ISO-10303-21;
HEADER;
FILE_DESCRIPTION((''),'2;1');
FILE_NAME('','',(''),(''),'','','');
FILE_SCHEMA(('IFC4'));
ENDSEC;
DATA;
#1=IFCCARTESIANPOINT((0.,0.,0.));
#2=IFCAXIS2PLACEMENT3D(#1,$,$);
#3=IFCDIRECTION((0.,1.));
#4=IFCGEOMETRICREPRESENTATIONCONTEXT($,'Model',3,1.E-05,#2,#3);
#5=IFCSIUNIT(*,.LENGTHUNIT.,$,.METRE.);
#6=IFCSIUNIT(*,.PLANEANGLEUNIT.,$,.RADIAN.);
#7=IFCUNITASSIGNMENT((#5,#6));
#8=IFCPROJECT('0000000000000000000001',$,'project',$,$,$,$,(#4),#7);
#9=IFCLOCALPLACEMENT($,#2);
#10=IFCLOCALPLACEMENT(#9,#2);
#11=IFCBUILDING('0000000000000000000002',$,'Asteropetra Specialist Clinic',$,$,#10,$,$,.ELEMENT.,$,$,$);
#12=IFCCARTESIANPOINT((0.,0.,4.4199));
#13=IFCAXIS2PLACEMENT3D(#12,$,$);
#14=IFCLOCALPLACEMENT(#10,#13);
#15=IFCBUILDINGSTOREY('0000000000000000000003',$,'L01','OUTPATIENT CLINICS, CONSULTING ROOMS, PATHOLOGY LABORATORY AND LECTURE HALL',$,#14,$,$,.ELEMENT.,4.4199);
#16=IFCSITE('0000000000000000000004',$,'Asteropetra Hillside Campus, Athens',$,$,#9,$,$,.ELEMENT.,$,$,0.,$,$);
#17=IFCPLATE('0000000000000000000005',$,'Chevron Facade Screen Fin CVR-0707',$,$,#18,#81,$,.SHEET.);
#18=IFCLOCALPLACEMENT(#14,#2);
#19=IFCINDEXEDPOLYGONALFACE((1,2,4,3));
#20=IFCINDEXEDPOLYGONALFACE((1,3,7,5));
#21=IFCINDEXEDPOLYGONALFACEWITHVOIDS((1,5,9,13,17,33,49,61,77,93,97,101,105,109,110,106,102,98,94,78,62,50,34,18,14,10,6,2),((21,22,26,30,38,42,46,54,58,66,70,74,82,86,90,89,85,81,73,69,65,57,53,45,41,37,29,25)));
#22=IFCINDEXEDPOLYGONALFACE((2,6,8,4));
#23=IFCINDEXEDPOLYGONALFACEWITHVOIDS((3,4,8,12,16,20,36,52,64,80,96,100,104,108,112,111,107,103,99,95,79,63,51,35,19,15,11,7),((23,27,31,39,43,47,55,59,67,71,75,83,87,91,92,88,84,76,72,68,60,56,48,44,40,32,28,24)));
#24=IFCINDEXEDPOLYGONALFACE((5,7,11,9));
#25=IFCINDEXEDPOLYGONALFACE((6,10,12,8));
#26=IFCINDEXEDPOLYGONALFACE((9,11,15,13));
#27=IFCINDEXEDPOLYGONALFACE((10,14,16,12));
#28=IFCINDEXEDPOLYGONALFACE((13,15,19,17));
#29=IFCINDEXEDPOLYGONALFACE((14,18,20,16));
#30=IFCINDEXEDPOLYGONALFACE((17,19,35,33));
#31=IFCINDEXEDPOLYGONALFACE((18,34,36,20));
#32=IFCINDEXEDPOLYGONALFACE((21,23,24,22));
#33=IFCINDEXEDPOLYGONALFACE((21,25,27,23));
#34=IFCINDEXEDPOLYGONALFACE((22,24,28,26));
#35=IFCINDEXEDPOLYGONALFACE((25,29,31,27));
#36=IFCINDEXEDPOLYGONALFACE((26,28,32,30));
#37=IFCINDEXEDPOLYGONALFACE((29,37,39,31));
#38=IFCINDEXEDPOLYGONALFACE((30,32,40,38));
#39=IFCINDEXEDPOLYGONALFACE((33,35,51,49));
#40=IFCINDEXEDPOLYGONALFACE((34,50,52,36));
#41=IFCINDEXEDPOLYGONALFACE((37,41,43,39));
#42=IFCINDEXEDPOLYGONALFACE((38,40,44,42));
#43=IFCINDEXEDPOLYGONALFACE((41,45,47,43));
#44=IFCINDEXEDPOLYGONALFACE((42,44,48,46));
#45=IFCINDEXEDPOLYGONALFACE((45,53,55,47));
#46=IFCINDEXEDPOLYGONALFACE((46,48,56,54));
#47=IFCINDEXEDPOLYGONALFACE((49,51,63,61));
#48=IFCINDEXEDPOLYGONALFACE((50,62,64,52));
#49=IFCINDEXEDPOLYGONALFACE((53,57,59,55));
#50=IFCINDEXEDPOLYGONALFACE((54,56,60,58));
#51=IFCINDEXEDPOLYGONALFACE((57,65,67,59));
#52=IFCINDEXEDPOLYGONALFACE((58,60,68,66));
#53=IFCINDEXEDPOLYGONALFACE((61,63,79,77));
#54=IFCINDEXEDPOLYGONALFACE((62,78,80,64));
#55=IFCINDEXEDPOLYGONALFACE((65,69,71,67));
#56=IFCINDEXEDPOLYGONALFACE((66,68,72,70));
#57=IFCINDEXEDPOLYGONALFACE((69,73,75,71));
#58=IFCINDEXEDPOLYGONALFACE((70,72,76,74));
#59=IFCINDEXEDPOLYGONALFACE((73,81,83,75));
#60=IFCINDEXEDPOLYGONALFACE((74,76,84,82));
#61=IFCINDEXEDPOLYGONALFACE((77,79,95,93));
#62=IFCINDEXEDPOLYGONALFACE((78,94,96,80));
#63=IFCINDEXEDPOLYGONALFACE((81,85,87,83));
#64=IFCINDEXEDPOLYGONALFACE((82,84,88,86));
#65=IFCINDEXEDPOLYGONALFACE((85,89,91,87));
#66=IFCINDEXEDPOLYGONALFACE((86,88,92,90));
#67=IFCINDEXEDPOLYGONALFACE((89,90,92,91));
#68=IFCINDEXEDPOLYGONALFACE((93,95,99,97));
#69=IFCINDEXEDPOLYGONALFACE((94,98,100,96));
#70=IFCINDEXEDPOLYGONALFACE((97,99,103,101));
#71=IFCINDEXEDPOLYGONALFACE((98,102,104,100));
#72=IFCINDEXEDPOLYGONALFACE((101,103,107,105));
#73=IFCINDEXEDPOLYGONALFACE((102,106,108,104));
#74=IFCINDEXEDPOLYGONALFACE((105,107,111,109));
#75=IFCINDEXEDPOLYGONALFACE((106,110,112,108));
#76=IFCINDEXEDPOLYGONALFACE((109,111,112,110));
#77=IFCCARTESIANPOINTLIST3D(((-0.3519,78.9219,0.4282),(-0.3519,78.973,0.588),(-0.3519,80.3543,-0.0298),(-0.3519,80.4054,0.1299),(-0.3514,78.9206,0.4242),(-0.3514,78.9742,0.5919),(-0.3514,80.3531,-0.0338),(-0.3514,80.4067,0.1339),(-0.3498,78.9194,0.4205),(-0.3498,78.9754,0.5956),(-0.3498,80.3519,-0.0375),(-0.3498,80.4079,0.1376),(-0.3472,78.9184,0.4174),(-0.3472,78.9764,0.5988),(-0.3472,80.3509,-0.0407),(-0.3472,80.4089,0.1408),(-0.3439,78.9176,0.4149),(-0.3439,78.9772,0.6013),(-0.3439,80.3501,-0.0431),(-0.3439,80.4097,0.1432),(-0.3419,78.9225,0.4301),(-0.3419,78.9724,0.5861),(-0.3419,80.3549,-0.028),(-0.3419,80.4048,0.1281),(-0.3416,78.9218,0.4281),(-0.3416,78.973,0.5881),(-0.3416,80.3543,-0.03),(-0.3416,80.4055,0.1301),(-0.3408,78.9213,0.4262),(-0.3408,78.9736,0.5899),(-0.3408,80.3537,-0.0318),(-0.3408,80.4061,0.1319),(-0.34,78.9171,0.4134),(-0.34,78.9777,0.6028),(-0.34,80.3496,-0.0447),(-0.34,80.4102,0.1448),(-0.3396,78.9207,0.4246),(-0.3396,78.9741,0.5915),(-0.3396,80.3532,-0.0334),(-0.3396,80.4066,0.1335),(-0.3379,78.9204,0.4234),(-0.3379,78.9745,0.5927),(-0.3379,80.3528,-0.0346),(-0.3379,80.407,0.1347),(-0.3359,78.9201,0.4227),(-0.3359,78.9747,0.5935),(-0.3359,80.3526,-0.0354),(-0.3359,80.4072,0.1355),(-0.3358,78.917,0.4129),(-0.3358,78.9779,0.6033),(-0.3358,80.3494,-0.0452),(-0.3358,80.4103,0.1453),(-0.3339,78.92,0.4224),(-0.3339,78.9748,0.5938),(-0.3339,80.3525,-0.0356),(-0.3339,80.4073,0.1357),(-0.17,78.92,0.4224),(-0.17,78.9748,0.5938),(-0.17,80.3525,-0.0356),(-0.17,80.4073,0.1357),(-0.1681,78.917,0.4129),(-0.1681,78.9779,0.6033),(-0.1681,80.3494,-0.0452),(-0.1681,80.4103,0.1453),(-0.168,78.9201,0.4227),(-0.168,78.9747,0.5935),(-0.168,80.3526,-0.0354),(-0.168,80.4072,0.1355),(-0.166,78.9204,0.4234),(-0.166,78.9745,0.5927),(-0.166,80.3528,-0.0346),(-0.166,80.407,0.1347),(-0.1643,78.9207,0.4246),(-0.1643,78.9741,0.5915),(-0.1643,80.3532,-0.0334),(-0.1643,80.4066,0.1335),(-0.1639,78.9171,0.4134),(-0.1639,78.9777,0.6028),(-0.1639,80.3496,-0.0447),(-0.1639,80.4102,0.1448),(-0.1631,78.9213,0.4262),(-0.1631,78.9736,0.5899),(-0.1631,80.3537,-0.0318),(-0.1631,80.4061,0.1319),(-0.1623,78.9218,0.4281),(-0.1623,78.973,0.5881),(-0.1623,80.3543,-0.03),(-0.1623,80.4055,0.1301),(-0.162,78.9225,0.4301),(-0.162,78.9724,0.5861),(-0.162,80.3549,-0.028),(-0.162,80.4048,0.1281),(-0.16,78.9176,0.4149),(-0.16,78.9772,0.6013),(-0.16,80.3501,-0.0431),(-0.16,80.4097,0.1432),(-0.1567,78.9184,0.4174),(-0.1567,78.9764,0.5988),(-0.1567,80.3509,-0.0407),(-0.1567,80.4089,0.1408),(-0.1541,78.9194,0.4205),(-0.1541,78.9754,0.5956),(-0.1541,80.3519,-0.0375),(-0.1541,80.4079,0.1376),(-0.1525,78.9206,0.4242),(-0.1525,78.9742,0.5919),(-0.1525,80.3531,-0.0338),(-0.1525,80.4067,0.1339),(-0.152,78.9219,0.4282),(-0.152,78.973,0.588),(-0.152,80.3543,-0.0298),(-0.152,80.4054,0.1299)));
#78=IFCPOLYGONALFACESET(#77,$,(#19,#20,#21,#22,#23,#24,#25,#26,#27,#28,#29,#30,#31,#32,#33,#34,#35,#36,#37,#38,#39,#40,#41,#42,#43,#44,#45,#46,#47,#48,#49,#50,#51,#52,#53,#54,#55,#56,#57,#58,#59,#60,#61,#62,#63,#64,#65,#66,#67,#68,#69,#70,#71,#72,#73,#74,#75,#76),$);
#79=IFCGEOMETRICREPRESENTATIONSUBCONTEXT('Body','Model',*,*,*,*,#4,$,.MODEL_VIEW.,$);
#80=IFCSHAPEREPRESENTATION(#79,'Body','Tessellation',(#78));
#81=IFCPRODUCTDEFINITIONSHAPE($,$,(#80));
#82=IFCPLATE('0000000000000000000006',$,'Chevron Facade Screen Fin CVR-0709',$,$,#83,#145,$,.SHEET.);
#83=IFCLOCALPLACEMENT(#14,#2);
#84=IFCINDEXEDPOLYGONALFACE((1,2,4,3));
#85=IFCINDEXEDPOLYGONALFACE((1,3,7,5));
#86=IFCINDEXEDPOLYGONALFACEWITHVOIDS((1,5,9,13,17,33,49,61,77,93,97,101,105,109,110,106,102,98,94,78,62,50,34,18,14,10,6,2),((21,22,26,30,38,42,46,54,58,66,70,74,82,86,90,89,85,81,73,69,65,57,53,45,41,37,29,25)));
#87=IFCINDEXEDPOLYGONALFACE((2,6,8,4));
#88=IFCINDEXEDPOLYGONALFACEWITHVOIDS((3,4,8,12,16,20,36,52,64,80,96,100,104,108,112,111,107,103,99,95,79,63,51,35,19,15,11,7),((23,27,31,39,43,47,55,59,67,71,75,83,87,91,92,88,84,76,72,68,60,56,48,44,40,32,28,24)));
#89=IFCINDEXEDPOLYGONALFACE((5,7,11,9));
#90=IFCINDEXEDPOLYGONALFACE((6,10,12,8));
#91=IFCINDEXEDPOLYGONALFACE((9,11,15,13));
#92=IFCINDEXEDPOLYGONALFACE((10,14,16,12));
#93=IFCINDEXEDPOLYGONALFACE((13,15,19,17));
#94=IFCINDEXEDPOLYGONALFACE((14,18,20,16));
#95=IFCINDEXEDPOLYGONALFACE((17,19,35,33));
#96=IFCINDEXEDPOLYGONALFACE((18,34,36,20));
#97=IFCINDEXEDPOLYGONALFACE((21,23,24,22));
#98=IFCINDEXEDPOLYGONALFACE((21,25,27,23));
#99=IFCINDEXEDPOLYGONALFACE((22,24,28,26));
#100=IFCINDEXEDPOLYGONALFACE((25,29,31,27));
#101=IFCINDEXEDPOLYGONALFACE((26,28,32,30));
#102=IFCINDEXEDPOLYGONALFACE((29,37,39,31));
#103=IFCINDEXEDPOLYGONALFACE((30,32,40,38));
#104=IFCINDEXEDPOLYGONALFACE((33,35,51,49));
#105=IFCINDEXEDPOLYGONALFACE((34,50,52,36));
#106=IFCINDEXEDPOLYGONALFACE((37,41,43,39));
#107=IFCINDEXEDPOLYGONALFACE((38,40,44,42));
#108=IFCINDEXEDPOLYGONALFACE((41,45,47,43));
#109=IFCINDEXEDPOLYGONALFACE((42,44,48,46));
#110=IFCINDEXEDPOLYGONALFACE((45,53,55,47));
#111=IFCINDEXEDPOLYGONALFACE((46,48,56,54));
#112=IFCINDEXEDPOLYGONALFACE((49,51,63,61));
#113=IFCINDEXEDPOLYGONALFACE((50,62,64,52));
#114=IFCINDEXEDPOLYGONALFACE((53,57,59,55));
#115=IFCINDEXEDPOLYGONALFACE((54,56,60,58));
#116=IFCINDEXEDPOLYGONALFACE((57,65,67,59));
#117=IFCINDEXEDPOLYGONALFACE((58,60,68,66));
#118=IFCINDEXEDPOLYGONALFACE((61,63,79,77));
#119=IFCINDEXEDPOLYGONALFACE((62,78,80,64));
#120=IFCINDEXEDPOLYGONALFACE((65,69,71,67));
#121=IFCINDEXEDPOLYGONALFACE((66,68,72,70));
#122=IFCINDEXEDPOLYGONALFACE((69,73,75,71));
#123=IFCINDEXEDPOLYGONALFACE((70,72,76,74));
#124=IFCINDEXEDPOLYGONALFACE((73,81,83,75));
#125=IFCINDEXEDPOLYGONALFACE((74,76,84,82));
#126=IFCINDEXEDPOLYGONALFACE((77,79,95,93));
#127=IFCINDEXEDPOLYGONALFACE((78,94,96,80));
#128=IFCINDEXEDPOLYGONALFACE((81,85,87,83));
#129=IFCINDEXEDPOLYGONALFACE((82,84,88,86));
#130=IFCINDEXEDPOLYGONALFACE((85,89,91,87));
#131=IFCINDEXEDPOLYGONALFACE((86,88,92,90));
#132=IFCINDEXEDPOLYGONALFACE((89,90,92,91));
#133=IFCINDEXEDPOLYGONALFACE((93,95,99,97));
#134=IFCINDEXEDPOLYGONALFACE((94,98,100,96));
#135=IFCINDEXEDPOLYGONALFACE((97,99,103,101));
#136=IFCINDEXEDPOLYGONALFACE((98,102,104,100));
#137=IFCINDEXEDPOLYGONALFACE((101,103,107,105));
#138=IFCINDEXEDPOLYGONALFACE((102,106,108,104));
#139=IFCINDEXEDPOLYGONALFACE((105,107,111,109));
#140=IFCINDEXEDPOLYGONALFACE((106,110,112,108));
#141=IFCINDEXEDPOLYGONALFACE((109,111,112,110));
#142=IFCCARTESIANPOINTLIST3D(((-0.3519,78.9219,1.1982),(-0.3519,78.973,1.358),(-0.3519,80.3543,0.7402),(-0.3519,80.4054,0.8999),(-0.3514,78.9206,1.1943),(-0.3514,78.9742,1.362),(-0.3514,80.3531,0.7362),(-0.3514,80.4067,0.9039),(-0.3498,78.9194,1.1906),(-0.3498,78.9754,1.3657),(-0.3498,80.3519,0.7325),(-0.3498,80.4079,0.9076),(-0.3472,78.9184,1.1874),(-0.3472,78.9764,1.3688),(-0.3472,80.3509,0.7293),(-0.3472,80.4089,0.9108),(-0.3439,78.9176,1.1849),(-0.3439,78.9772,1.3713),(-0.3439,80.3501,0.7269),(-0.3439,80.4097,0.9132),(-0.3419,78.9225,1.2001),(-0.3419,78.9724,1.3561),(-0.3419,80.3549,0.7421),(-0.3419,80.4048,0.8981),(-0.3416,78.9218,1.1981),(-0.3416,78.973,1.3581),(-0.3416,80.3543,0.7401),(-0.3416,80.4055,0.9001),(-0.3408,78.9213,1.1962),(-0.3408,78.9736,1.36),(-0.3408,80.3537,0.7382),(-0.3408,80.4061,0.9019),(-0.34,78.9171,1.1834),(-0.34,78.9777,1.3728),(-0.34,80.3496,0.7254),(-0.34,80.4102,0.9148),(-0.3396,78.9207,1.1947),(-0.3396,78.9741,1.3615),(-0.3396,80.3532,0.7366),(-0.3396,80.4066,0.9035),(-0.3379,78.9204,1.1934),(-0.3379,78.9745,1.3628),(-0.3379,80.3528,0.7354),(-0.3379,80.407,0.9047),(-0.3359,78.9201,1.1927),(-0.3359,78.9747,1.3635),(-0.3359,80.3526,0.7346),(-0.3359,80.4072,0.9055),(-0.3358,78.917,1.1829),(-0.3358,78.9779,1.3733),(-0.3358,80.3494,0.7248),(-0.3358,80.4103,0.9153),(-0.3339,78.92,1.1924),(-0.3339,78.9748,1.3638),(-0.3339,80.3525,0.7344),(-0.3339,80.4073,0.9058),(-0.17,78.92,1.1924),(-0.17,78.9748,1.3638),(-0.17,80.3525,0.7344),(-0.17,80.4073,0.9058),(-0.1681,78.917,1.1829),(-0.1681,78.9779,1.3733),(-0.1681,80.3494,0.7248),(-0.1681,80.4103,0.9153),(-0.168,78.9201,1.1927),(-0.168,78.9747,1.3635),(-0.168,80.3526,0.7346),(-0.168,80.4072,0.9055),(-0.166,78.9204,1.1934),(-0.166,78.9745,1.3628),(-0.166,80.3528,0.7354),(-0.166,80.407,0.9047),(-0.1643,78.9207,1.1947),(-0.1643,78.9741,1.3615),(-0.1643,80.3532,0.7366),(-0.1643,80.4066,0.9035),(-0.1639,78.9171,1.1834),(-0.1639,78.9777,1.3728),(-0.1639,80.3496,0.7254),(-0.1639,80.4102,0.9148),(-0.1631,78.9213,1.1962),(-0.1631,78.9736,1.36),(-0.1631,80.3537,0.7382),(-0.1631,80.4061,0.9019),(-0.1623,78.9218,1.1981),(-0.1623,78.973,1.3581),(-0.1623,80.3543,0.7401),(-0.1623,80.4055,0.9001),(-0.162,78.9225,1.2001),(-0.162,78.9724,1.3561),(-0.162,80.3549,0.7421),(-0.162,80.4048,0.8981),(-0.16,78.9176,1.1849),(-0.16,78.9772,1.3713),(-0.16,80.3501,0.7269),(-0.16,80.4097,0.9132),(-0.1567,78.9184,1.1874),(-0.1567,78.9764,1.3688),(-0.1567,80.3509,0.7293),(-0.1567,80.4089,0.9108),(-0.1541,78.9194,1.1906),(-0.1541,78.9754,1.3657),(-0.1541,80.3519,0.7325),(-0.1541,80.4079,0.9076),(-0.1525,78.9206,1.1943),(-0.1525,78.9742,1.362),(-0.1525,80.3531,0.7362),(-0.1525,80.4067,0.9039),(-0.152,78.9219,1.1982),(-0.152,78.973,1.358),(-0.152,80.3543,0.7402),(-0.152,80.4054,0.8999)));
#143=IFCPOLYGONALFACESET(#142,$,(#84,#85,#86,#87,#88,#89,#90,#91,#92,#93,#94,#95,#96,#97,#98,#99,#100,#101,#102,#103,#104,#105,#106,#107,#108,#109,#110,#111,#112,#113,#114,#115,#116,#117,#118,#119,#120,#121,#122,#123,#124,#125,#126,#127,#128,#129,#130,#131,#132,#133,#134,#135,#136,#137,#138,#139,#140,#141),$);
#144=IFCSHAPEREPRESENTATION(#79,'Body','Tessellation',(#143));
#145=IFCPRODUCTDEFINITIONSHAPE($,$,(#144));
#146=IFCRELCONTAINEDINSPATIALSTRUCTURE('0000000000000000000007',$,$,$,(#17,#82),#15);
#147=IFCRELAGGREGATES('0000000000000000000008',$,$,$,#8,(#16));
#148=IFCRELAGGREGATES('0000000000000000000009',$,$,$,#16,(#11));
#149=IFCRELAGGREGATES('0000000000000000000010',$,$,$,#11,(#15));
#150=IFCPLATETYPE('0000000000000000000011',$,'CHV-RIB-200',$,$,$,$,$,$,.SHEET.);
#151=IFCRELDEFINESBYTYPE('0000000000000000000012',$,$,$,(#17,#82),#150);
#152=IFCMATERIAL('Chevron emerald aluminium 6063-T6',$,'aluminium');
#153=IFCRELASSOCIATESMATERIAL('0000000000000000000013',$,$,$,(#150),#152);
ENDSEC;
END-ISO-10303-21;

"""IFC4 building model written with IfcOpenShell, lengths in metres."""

from ifc_helpers import new_model, si_unit, direction, frame, origin, origin_2d, place, context, subcontext, project, spatial, hollow_rectangle, extrude, material, material_profile, profile_set, type_object, element, save


model = new_model("IFC4")

# Units and contexts
model_context = context("Model", 3, precision=1e-05, world=origin(), true_north=direction((0.0, 1.0)))
body_context = subcontext(model_context, "Body", "Model", "MODEL_VIEW")
ifc_project = project(units=[si_unit("LENGTHUNIT", "METRE"), si_unit("PLANEANGLEUNIT", "RADIAN")], contexts=[model_context])

# Site, building, storey
site_placement = place(None, origin())
site = spatial("IfcSite", under=ifc_project, at=site_placement, Name="Asteropetra Hillside Campus, Athens", CompositionType="ELEMENT", RefElevation=0.0)
building_placement = place(site_placement, origin())
building = spatial("IfcBuilding", under=site, at=building_placement, Name="Asteropetra Specialist Clinic", CompositionType="ELEMENT")
storey_placement = place(building_placement, frame((0.0, 0.0, 4.4199)))
storey = spatial("IfcBuildingStorey", under=building, at=storey_placement, Name="L01", Description="OUTPATIENT CLINICS, CONSULTING ROOMS, PATHOLOGY LABORATORY AND LECTURE HALL", CompositionType="ELEMENT", Elevation=4.4199)

# Plates
ifc_material_1 = material(Name="Chevron emerald aluminium 6063-T6", Category="aluminium")
ifc_material_profile_1 = material_profile(ifc_material_1, hollow_rectangle(XDim=0.2, YDim=0.2, WallThickness=0.01, InnerFilletRadius=0.0081, OuterFilletRadius=0.0161, at=origin_2d()), Name="SHS 200x200x10.0")
ifc_profile_set_1 = profile_set([ifc_material_profile_1], Name="Chevron emerald aluminium 6063-T6")
plate_type = type_object("IfcPlateType", Name="CHV-RIB-200", PredefinedType="SHEET", material=ifc_profile_set_1)
for number, where, z_axis, x_axis, name in (
    (1, (-0.252, 80.3799, 0.05), (0.0, -0.952492, 0.304564), (1.0, 0.0, 0.0), "Chevron Facade Screen Fin CVR-0707"),
    (2, (-0.252, 80.3799, 0.8201), (0.0, -0.952492, 0.304564), (1.0, 0.0, 0.0), "Chevron Facade Screen Fin CVR-0709"),
):
    element("IfcPlate", number, at=place(storey_placement, frame(where, z_axis=z_axis, x_axis=x_axis)), inside=storey, type_object=plate_type, Name=name, PredefinedType="SHEET", context=body_context, shape_type="SweptSolid", body=[
        extrude(hollow_rectangle(XDim=0.2, YDim=0.2, WallThickness=0.01, InnerFilletRadius=0.0081, OuterFilletRadius=0.0161, at=origin_2d()), origin(), (0.0, 0.0, 1.0), 1.5039),
    ])

save(model, "model.ifc")
